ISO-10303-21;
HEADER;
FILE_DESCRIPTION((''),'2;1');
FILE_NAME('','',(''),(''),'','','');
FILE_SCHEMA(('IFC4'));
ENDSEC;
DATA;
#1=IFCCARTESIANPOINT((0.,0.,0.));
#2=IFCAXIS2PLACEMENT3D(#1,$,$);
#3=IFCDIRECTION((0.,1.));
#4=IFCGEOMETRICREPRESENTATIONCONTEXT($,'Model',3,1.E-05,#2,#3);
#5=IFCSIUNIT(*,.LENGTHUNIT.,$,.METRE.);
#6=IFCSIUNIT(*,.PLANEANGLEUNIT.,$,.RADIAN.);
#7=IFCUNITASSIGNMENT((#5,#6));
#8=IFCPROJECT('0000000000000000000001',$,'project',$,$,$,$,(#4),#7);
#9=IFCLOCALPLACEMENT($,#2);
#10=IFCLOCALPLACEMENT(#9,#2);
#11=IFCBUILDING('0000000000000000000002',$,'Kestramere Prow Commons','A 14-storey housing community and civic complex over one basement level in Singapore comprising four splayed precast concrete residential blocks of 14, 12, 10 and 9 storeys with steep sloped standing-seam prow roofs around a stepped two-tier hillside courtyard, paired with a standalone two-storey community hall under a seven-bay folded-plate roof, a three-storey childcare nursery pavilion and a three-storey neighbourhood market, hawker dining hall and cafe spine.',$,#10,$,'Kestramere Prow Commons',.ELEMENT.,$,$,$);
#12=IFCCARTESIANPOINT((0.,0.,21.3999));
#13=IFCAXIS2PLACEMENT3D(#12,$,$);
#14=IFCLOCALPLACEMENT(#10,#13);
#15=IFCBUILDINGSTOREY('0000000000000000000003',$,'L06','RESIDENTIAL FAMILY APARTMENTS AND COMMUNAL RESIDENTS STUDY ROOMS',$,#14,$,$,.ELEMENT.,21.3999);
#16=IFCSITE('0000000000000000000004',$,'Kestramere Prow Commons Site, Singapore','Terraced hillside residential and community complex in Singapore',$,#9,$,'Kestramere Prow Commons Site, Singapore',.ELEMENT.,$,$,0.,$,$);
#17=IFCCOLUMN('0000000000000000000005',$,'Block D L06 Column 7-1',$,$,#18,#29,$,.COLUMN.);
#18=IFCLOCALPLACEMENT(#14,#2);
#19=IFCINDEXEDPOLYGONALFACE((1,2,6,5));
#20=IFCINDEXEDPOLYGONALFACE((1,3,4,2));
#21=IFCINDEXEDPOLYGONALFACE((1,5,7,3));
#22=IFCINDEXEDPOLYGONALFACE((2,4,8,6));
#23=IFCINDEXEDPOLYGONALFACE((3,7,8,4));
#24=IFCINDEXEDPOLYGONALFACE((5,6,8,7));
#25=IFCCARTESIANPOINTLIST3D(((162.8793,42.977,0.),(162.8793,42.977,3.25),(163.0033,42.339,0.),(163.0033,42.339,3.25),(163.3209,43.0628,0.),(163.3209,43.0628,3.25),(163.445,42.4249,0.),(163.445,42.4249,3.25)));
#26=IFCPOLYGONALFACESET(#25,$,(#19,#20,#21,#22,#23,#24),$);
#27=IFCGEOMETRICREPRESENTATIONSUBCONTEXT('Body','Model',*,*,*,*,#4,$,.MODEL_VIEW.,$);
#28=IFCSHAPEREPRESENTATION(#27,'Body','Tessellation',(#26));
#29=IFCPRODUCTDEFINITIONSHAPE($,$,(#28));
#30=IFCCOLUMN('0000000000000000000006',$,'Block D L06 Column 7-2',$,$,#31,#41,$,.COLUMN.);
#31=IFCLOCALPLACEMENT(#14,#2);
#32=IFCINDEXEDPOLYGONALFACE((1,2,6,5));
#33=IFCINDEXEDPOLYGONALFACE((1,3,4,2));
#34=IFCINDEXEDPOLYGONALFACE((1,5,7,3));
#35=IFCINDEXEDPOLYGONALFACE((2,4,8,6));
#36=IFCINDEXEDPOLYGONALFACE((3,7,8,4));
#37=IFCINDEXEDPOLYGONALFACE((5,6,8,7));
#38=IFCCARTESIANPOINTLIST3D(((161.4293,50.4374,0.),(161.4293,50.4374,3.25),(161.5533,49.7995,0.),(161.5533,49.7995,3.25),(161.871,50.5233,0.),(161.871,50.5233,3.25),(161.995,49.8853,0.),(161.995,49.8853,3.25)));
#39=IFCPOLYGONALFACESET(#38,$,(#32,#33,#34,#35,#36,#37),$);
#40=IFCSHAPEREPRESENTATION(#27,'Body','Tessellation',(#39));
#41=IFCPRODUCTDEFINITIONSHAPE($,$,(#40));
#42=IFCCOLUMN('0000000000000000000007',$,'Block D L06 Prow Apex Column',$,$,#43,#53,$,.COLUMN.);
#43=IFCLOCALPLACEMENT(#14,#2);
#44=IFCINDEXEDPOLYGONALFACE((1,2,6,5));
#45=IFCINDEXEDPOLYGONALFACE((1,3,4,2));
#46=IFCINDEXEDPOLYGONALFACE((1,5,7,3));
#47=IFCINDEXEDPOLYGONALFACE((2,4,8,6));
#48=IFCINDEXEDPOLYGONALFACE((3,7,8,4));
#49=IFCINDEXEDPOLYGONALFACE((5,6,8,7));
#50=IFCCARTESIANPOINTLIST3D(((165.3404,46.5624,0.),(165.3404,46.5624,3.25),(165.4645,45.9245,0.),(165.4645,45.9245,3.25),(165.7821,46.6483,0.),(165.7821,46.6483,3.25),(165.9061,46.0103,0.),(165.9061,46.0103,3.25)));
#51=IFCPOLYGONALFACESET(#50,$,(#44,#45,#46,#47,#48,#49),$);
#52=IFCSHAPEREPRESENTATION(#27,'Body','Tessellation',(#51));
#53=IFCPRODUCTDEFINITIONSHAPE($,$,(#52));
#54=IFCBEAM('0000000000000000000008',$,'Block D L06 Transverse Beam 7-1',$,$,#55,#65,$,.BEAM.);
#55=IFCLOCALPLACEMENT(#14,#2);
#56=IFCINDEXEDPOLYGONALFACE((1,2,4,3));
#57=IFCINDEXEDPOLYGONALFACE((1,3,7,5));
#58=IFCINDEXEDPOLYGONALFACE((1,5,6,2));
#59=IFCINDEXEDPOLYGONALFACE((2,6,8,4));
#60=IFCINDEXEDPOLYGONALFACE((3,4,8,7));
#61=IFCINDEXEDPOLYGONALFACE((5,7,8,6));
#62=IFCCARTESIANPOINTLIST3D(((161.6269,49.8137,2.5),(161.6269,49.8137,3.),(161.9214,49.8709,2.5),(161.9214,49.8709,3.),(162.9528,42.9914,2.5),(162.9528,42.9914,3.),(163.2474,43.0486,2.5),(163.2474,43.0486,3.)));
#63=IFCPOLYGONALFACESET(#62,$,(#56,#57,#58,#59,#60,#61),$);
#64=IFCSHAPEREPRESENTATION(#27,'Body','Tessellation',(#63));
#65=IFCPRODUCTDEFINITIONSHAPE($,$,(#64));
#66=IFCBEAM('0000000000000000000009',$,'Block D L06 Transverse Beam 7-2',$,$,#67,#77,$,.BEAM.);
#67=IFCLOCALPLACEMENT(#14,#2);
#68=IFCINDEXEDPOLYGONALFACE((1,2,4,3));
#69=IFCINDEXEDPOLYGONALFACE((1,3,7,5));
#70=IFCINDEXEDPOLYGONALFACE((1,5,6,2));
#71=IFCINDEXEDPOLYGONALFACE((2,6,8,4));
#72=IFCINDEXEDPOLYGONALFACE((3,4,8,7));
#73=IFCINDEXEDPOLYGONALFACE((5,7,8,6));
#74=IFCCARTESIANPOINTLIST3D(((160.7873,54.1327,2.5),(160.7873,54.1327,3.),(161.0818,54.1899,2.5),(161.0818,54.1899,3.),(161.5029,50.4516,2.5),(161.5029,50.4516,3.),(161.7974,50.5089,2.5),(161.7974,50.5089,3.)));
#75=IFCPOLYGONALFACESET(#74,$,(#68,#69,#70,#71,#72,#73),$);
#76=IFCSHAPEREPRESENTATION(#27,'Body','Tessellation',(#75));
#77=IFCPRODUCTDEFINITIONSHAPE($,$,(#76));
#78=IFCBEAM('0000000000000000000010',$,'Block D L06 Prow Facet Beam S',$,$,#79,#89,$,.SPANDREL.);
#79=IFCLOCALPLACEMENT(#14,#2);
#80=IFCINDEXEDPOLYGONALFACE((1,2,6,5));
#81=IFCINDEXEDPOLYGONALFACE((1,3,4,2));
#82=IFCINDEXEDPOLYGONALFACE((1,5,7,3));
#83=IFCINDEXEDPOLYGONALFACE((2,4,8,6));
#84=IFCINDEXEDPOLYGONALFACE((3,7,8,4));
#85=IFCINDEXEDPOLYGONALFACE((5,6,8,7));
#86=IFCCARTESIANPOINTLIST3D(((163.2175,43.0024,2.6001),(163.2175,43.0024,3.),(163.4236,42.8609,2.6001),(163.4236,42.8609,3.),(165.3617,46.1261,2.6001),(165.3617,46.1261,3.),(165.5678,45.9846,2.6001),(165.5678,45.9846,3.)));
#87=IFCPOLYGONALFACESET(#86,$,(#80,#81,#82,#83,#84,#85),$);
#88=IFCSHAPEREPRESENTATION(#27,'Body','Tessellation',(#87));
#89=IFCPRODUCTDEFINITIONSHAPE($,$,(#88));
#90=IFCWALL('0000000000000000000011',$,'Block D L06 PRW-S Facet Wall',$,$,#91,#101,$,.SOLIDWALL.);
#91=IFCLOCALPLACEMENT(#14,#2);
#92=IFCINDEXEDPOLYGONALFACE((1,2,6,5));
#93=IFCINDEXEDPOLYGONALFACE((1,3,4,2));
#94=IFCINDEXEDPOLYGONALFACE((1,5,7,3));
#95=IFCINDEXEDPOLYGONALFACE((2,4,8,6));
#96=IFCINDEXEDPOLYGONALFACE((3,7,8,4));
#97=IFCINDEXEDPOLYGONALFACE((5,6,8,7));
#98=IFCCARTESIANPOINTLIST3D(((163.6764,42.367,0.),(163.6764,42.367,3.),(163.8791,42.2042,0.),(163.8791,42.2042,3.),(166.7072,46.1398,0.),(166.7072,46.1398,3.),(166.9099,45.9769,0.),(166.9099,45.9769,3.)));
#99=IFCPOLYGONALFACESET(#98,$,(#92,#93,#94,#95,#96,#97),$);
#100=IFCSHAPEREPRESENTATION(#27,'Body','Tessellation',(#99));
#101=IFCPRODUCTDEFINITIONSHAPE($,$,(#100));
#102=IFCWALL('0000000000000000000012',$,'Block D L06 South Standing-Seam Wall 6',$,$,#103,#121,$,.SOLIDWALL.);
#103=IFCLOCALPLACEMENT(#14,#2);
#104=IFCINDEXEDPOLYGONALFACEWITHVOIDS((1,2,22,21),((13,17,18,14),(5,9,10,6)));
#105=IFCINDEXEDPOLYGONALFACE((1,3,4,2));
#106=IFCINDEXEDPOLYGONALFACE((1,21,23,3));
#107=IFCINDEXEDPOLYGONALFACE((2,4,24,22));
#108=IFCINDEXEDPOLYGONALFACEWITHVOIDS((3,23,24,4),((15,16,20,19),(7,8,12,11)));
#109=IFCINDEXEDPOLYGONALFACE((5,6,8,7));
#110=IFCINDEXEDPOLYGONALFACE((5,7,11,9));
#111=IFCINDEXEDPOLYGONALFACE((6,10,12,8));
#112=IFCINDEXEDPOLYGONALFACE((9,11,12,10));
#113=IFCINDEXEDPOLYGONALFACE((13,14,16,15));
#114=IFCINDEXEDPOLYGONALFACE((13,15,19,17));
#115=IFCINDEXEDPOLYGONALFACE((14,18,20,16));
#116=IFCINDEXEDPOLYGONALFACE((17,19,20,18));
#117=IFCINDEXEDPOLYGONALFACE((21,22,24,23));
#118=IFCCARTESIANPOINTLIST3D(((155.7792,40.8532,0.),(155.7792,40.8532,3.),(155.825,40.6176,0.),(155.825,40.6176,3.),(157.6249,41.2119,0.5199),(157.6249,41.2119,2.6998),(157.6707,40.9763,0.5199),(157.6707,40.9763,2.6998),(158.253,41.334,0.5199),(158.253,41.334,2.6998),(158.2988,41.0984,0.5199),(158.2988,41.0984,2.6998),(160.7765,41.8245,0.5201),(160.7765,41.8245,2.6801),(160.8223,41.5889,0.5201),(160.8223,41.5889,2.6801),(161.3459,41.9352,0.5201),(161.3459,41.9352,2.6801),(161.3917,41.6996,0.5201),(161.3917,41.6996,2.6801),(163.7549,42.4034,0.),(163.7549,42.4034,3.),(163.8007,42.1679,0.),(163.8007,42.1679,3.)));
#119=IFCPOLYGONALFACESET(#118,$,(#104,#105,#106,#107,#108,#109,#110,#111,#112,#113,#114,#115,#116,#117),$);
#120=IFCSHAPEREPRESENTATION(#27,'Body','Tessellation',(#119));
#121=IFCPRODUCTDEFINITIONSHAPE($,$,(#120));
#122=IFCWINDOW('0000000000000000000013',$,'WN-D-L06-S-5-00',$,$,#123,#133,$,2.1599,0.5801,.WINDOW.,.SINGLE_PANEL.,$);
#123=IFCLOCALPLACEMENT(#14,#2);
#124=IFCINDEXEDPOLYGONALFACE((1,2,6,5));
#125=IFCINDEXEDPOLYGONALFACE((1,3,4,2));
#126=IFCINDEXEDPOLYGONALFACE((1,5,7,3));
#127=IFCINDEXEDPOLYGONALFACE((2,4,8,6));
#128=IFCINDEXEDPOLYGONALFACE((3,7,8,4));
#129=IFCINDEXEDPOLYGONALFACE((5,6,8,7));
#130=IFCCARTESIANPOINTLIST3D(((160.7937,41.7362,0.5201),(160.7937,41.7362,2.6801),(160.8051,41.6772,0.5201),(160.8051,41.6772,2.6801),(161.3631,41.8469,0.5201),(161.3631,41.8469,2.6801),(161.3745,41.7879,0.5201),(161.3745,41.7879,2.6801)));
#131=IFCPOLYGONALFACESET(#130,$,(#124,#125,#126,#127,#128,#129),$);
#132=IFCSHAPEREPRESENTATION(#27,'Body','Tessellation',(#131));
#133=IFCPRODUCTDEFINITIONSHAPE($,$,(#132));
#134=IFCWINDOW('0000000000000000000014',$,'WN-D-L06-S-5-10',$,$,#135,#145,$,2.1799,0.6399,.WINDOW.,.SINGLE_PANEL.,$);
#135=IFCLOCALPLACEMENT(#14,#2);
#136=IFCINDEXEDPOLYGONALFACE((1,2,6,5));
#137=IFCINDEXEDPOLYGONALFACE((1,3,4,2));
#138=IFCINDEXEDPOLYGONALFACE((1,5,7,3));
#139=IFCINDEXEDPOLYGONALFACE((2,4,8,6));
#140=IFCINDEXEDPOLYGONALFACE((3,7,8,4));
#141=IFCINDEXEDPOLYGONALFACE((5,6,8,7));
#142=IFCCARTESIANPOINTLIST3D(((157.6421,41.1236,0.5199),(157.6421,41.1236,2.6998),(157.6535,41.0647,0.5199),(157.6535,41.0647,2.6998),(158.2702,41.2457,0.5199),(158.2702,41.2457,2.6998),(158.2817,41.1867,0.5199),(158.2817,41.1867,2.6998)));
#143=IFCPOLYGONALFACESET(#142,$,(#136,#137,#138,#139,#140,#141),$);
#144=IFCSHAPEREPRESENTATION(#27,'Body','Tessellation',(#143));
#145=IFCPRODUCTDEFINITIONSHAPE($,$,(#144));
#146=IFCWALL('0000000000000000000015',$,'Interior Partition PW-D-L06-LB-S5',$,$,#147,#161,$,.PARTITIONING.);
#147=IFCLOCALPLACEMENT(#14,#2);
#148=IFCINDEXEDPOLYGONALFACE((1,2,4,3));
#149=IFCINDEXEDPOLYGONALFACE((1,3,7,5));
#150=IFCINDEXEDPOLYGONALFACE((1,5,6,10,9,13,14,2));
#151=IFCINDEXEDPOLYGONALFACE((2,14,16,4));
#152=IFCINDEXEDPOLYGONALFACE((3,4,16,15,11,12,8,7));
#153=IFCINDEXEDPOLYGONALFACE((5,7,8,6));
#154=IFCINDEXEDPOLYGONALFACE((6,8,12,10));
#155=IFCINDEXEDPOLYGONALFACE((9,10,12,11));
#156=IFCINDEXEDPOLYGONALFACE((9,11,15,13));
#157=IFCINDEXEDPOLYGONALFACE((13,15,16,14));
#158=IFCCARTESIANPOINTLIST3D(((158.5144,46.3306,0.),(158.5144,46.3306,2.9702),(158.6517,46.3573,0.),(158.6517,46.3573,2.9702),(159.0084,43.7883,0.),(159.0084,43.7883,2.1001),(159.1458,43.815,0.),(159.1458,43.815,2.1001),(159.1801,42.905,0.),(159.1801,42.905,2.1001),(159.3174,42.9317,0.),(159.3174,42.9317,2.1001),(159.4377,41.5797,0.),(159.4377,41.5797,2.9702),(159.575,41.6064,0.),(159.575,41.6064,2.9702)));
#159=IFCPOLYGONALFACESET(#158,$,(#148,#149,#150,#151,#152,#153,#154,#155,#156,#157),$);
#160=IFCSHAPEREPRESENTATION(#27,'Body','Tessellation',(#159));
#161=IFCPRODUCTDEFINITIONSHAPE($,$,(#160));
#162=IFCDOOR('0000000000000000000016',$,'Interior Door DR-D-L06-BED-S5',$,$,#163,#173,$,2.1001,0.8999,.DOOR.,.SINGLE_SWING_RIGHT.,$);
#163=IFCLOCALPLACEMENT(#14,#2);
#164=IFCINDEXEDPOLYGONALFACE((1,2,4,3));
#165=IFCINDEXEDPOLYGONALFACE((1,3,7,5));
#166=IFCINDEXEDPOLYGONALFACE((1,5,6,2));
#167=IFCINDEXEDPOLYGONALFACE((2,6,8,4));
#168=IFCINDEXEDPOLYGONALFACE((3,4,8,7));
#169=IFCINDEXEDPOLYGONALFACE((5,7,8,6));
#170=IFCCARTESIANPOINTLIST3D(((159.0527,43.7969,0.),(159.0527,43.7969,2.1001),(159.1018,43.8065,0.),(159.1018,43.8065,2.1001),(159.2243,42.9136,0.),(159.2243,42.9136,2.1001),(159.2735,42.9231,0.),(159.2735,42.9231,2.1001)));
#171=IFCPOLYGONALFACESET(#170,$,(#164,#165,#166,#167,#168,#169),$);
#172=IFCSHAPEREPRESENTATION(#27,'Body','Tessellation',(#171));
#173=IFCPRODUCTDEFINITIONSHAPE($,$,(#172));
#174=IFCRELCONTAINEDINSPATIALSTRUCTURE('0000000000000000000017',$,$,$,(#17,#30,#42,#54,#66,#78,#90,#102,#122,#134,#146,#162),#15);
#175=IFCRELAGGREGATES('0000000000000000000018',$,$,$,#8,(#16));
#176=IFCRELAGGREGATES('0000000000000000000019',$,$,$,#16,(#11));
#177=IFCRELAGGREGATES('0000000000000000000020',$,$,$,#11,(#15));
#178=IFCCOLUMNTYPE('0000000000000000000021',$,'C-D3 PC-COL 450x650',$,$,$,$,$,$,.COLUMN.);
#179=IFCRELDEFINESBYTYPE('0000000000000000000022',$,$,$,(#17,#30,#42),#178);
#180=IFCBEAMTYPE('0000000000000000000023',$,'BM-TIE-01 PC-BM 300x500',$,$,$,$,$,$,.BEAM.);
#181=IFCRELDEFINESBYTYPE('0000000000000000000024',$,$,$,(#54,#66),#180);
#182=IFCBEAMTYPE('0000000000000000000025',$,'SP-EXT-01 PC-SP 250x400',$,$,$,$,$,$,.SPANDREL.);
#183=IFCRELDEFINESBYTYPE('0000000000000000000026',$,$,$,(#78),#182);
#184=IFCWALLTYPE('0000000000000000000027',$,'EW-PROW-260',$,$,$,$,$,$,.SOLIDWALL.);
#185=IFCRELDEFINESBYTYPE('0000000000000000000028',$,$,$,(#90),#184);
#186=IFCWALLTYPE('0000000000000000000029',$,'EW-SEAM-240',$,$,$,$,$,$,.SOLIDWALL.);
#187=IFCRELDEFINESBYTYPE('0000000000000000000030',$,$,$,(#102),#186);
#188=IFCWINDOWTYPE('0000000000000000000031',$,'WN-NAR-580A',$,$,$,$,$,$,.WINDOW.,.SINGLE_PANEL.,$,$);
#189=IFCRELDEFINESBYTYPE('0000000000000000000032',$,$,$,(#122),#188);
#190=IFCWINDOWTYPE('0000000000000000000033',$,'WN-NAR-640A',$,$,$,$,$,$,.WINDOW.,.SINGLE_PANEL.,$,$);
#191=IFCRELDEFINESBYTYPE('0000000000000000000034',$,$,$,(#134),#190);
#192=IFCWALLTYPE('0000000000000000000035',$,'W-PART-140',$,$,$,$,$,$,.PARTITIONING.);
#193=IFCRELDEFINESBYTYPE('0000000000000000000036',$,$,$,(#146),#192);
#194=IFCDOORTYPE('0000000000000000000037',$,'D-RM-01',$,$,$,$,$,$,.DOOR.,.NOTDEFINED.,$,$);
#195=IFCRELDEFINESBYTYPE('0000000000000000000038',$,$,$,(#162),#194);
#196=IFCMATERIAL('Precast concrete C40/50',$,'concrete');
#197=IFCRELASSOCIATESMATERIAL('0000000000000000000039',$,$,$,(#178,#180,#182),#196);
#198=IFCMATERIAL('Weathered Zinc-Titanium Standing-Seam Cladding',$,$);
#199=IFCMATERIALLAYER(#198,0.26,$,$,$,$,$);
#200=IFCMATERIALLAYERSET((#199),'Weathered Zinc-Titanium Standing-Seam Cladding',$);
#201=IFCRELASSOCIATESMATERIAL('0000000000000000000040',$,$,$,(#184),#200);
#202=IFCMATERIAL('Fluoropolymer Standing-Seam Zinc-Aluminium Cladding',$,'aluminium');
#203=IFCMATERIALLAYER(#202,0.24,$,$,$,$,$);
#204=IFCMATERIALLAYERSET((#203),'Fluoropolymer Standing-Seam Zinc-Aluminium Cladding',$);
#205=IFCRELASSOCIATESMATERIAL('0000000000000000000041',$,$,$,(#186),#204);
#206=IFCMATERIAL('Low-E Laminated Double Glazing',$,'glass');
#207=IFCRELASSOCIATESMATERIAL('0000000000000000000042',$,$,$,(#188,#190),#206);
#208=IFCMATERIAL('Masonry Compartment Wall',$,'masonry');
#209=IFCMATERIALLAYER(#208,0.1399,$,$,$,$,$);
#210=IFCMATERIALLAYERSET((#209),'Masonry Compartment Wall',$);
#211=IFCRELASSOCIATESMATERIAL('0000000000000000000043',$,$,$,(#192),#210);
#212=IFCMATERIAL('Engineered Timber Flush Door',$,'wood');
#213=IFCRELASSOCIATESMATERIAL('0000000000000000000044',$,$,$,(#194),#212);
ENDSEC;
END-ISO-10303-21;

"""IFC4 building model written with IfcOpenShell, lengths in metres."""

from ifc_helpers import new_model, si_unit, direction, frame, frame_2d, origin, origin_2d, place, context, subcontext, project, spatial, rectangle, extrude, material, layer, layer_set, material_profile, profile_set, type_object, element, fill, save


model = new_model("IFC4")

# Units and contexts
model_context = context("Model", 3, precision=1e-05, world=origin(), true_north=direction((0.0, 1.0)))
body_context = subcontext(model_context, "Body", "Model", "MODEL_VIEW")
ifc_project = project(units=[si_unit("LENGTHUNIT", "METRE"), si_unit("PLANEANGLEUNIT", "RADIAN")], contexts=[model_context])

# Site, building, storey
site_placement = place(None, origin())
site = spatial("IfcSite", under=ifc_project, at=site_placement, Name="Kestramere Prow Commons Site, Singapore", Description="Terraced hillside residential and community complex in Singapore", LongName="Kestramere Prow Commons Site, Singapore", CompositionType="ELEMENT", RefElevation=0.0)
building_placement = place(site_placement, origin())
building = spatial("IfcBuilding", under=site, at=building_placement, Name="Kestramere Prow Commons", Description="A 14-storey housing community and civic complex over one basement level in Singapore comprising four splayed precast concrete residential blocks of 14, 12, 10 and 9 storeys with steep sloped standing-seam prow roofs around a stepped two-tier hillside courtyard, paired with a standalone two-storey community hall under a seven-bay folded-plate roof, a three-storey childcare nursery pavilion and a three-storey neighbourhood market, hawker dining hall and cafe spine.", LongName="Kestramere Prow Commons", CompositionType="ELEMENT")
storey_placement = place(building_placement, frame((0.0, 0.0, 21.3999)))
storey = spatial("IfcBuildingStorey", under=building, at=storey_placement, Name="L06", Description="RESIDENTIAL FAMILY APARTMENTS AND COMMUNAL RESIDENTS STUDY ROOMS", CompositionType="ELEMENT", Elevation=21.3999)

# Columns
ifc_material_1 = material(Name="Precast concrete C40/50", Category="concrete")
ifc_material_profile_1 = material_profile(ifc_material_1, rectangle(XDim=0.45, YDim=0.6499, at=origin_2d()), Name="PC-COL 450x650")
ifc_profile_set_1 = profile_set([ifc_material_profile_1], Name="Precast concrete C40/50")
column_type = type_object("IfcColumnType", Name="C-D3 PC-COL 450x650", PredefinedType="COLUMN", material=ifc_profile_set_1)
for number, where, z_axis, x_axis, name in (
    (1, (163.1621, 42.7009, 0.0), (0.0, 0.0, 1.0), (0.981627, 0.190809, 0.0), "Block D L06 Column 7-1"),
    (2, (161.7122, 50.1614, 0.0), (0.0, 0.0, 1.0), (0.981627, 0.190809, 0.0), "Block D L06 Column 7-2"),
    (3, (165.6233, 46.2864, 0.0), (0.0, 0.0, 1.0), (0.981627, 0.190809, 0.0), "Block D L06 Prow Apex Column"),
):
    element("IfcColumn", number, at=place(storey_placement, frame(where, z_axis=z_axis, x_axis=x_axis)), inside=storey, type_object=column_type, Name=name, PredefinedType="COLUMN", context=body_context, shape_type="SweptSolid", body=[
        extrude(rectangle(XDim=0.45, YDim=0.6499, at=origin_2d()), origin(), (0.0, 0.0, 1.0), 3.25),
    ])

# Beams
ifc_material_profile_2 = material_profile(ifc_material_1, rectangle(XDim=0.3, YDim=0.5, at=origin_2d()), Name="PC-BM 300x500")
ifc_profile_set_2 = profile_set([ifc_material_profile_2], Name="Precast concrete C40/50")
beam_type_1 = type_object("IfcBeamType", Name="BM-TIE-01 PC-BM 300x500", PredefinedType="BEAM", material=ifc_profile_set_2)
beam_1_placement = place(storey_placement, frame((163.1001, 43.02, 2.75), z_axis=(-0.190783, 0.981632, 0.0), x_axis=(-0.981632, -0.190783, 0.0)))
element("IfcBeam", 4, at=beam_1_placement, inside=storey, type_object=beam_type_1, Name="Block D L06 Transverse Beam 7-1", PredefinedType="BEAM", context=body_context, shape_type="SweptSolid", body=[
    extrude(rectangle(XDim=0.3, YDim=0.5, at=origin_2d()), origin(), (0.0, 0.0, 1.0), 6.95),
])
beam_2_placement = place(storey_placement, frame((161.6501, 50.4802, 2.75), z_axis=(-0.190817, 0.981626, 0.0), x_axis=(-0.981626, -0.190817, 0.0)))
element("IfcBeam", 5, at=beam_2_placement, inside=storey, type_object=beam_type_1, Name="Block D L06 Transverse Beam 7-2", PredefinedType="BEAM", context=body_context, shape_type="SweptSolid", body=[
    extrude(rectangle(XDim=0.3, YDim=0.5, at=origin_2d()), origin(), (0.0, 0.0, 1.0), 3.75),
])
ifc_material_profile_3 = material_profile(ifc_material_1, rectangle(XDim=0.25, YDim=0.3999, at=origin_2d()), Name="PC-SP 250x400")
ifc_profile_set_3 = profile_set([ifc_material_profile_3], Name="Precast concrete C40/50")
beam_type_2 = type_object("IfcBeamType", Name="SP-EXT-01 PC-SP 250x400", PredefinedType="SPANDREL", material=ifc_profile_set_3)
beam_3_placement = place(storey_placement, frame((163.3206, 42.9316, 2.8), z_axis=(0.565935, 0.82445, 0.0), x_axis=(-0.82445, 0.565935, 0.0)))
element("IfcBeam", 6, at=beam_3_placement, inside=storey, type_object=beam_type_2, Name="Block D L06 Prow Facet Beam S", PredefinedType="SPANDREL", context=body_context, shape_type="SweptSolid", body=[
    extrude(rectangle(XDim=0.25, YDim=0.3999, at=origin_2d()), origin(), (0.0, 0.0, 1.0), 3.7888),
])

# Wall
ifc_material_2 = material(Name="Weathered Zinc-Titanium Standing-Seam Cladding")
ifc_layer_1 = layer(ifc_material_2, 0.26)
ifc_layer_set_1 = layer_set([ifc_layer_1], Name="Weathered Zinc-Titanium Standing-Seam Cladding")
wall_type_1 = type_object("IfcWallType", Name="EW-PROW-260", PredefinedType="SOLIDWALL", material=ifc_layer_set_1)
wall_1_placement = place(storey_placement, frame((166.8086, 46.0583, 0.0), z_axis=(0.0, 0.0, 1.0), x_axis=(-0.626281, -0.779597, 0.0)))
element("IfcWall", 7, at=wall_1_placement, inside=storey, type_object=wall_type_1, Name="Block D L06 PRW-S Facet Wall", PredefinedType="SOLIDWALL", context=body_context, shape_type="SweptSolid", body=[
    extrude(rectangle(XDim=4.8394, YDim=0.26, at=frame_2d((2.4197, 0.0))), origin(), (0.0, 0.0, 1.0), 3.0),
])

# Wall, openings, windows
ifc_material_3 = material(Name="Fluoropolymer Standing-Seam Zinc-Aluminium Cladding", Category="aluminium")
ifc_layer_2 = layer(ifc_material_3, 0.24)
ifc_layer_set_2 = layer_set([ifc_layer_2], Name="Fluoropolymer Standing-Seam Zinc-Aluminium Cladding")
wall_type_2 = type_object("IfcWallType", Name="EW-SEAM-240", PredefinedType="SOLIDWALL", material=ifc_layer_set_2)
wall_2_placement = place(storey_placement, frame((163.7778, 42.2856, 0.0), z_axis=(0.0, 0.0, 1.0), x_axis=(-0.981628, -0.190803, 0.0)))
wall_2 = element("IfcWall", 8, at=wall_2_placement, inside=storey, type_object=wall_type_2, Name="Block D L06 South Standing-Seam Wall 6", PredefinedType="SOLIDWALL", context=body_context, shape_type="SweptSolid", body=[
    extrude(rectangle(XDim=8.125, YDim=0.24, at=frame_2d((4.0625, 0.0))), origin(), (0.0, 0.0, 1.0), 3.0),
])
opening_1_placement = place(wall_2_placement, frame((2.4541, 0.0, 0.52)))
opening_1 = element("IfcOpeningElement", 9, at=opening_1_placement, cuts=wall_2, PredefinedType="OPENING", context=body_context, shape_type="SweptSolid", body=[
    extrude(rectangle(XDim=0.5801, YDim=2.1599, at=frame_2d((0.29, 1.0801))), frame((0.0, 0.135, 0.0), z_axis=(0.0, -1.0, 0.0), x_axis=(1.0, 0.0, 0.0)), (0.0, 0.0, 1.0), 0.27),
])
opening_2_placement = place(wall_2_placement, frame((5.605, 0.0, 0.52)))
opening_2 = element("IfcOpeningElement", 10, at=opening_2_placement, cuts=wall_2, PredefinedType="OPENING", context=body_context, shape_type="SweptSolid", body=[
    extrude(rectangle(XDim=0.6399, YDim=2.1799, at=frame_2d((0.3198, 1.0898))), frame((0.0, 0.135, 0.0), z_axis=(0.0, -1.0, 0.0), x_axis=(1.0, 0.0, 0.0)), (0.0, 0.0, 1.0), 0.27),
])
ifc_material_4 = material(Name="Low-E Laminated Double Glazing", Category="glass")
window_type_1 = type_object("IfcWindowType", Name="WN-NAR-580A", PartitioningType="SINGLE_PANEL", PredefinedType="WINDOW", material=ifc_material_4)
window_1_placement = place(opening_1_placement, origin())
window_1 = element("IfcWindow", 11, at=window_1_placement, inside=storey, type_object=window_type_1, Name="WN-D-L06-S-5-00", OverallHeight=2.1599, OverallWidth=0.5801, PartitioningType="SINGLE_PANEL", PredefinedType="WINDOW", context=body_context, shape_type="SweptSolid", body=[
    extrude(rectangle(XDim=0.5801, YDim=2.1599, at=frame_2d((0.29, 1.0801))), frame((0.0, 0.03, 0.0), z_axis=(0.0, -1.0, 0.0), x_axis=(1.0, 0.0, 0.0)), (0.0, 0.0, 1.0), 0.0601),
])
fill(opening_1, window_1)
window_type_2 = type_object("IfcWindowType", Name="WN-NAR-640A", PartitioningType="SINGLE_PANEL", PredefinedType="WINDOW", material=ifc_material_4)
window_2_placement = place(opening_2_placement, origin())
window_2 = element("IfcWindow", 12, at=window_2_placement, inside=storey, type_object=window_type_2, Name="WN-D-L06-S-5-10", OverallHeight=2.1799, OverallWidth=0.6399, PartitioningType="SINGLE_PANEL", PredefinedType="WINDOW", context=body_context, shape_type="SweptSolid", body=[
    extrude(rectangle(XDim=0.6399, YDim=2.1799, at=frame_2d((0.3198, 1.0898))), frame((0.0, 0.03, 0.0), z_axis=(0.0, -1.0, 0.0), x_axis=(1.0, 0.0, 0.0)), (0.0, 0.0, 1.0), 0.0601),
])
fill(opening_2, window_2)

# Wall, opening, door
ifc_material_5 = material(Name="Masonry Compartment Wall", Category="masonry")
ifc_layer_3 = layer(ifc_material_5, 0.1399)
ifc_layer_set_3 = layer_set([ifc_layer_3], Name="Masonry Compartment Wall")
wall_type_3 = type_object("IfcWallType", Name="W-PART-140", PredefinedType="PARTITIONING", material=ifc_layer_set_3)
wall_3_placement = place(storey_placement, frame((159.5063, 41.593, 0.0), z_axis=(0.0, 0.0, 1.0), x_axis=(-0.190778, 0.981633, 0.0)))
wall_3 = element("IfcWall", 13, at=wall_3_placement, inside=storey, type_object=wall_type_3, Name="Interior Partition PW-D-L06-LB-S5", PredefinedType="PARTITIONING", context=body_context, shape_type="SweptSolid", body=[
    extrude(rectangle(XDim=4.8398, YDim=0.1399, at=frame_2d((2.4199, 0.0))), origin(), (0.0, 0.0, 1.0), 2.9702),
])
opening_3_placement = place(wall_3_placement, frame((1.3501, 0.0, 0.0)))
opening_3 = element("IfcOpeningElement", 14, at=opening_3_placement, cuts=wall_3, PredefinedType="OPENING", context=body_context, shape_type="SweptSolid", body=[
    extrude(rectangle(XDim=0.8999, YDim=2.1001, at=frame_2d((0.45, 1.05))), frame((0.0, 0.085, 0.0), z_axis=(0.0, -1.0, 0.0), x_axis=(1.0, 0.0, 0.0)), (0.0, 0.0, 1.0), 0.1699),
])
ifc_material_6 = material(Name="Engineered Timber Flush Door", Category="wood")
door_type = type_object("IfcDoorType", Name="D-RM-01", OperationType="NOTDEFINED", PredefinedType="DOOR", material=ifc_material_6)
door_placement = place(opening_3_placement, origin())
door = element("IfcDoor", 15, at=door_placement, inside=storey, type_object=door_type, Name="Interior Door DR-D-L06-BED-S5", OperationType="SINGLE_SWING_RIGHT", OverallHeight=2.1001, OverallWidth=0.8999, PredefinedType="DOOR", context=body_context, shape_type="SweptSolid", body=[
    extrude(rectangle(XDim=0.8999, YDim=2.1001, at=frame_2d((0.45, 1.05))), frame((0.0, 0.0249, 0.0), z_axis=(0.0, -1.0, 0.0), x_axis=(1.0, 0.0, 0.0)), (0.0, 0.0, 1.0), 0.05),
])
fill(opening_3, door)

save(model, "model.ifc")
